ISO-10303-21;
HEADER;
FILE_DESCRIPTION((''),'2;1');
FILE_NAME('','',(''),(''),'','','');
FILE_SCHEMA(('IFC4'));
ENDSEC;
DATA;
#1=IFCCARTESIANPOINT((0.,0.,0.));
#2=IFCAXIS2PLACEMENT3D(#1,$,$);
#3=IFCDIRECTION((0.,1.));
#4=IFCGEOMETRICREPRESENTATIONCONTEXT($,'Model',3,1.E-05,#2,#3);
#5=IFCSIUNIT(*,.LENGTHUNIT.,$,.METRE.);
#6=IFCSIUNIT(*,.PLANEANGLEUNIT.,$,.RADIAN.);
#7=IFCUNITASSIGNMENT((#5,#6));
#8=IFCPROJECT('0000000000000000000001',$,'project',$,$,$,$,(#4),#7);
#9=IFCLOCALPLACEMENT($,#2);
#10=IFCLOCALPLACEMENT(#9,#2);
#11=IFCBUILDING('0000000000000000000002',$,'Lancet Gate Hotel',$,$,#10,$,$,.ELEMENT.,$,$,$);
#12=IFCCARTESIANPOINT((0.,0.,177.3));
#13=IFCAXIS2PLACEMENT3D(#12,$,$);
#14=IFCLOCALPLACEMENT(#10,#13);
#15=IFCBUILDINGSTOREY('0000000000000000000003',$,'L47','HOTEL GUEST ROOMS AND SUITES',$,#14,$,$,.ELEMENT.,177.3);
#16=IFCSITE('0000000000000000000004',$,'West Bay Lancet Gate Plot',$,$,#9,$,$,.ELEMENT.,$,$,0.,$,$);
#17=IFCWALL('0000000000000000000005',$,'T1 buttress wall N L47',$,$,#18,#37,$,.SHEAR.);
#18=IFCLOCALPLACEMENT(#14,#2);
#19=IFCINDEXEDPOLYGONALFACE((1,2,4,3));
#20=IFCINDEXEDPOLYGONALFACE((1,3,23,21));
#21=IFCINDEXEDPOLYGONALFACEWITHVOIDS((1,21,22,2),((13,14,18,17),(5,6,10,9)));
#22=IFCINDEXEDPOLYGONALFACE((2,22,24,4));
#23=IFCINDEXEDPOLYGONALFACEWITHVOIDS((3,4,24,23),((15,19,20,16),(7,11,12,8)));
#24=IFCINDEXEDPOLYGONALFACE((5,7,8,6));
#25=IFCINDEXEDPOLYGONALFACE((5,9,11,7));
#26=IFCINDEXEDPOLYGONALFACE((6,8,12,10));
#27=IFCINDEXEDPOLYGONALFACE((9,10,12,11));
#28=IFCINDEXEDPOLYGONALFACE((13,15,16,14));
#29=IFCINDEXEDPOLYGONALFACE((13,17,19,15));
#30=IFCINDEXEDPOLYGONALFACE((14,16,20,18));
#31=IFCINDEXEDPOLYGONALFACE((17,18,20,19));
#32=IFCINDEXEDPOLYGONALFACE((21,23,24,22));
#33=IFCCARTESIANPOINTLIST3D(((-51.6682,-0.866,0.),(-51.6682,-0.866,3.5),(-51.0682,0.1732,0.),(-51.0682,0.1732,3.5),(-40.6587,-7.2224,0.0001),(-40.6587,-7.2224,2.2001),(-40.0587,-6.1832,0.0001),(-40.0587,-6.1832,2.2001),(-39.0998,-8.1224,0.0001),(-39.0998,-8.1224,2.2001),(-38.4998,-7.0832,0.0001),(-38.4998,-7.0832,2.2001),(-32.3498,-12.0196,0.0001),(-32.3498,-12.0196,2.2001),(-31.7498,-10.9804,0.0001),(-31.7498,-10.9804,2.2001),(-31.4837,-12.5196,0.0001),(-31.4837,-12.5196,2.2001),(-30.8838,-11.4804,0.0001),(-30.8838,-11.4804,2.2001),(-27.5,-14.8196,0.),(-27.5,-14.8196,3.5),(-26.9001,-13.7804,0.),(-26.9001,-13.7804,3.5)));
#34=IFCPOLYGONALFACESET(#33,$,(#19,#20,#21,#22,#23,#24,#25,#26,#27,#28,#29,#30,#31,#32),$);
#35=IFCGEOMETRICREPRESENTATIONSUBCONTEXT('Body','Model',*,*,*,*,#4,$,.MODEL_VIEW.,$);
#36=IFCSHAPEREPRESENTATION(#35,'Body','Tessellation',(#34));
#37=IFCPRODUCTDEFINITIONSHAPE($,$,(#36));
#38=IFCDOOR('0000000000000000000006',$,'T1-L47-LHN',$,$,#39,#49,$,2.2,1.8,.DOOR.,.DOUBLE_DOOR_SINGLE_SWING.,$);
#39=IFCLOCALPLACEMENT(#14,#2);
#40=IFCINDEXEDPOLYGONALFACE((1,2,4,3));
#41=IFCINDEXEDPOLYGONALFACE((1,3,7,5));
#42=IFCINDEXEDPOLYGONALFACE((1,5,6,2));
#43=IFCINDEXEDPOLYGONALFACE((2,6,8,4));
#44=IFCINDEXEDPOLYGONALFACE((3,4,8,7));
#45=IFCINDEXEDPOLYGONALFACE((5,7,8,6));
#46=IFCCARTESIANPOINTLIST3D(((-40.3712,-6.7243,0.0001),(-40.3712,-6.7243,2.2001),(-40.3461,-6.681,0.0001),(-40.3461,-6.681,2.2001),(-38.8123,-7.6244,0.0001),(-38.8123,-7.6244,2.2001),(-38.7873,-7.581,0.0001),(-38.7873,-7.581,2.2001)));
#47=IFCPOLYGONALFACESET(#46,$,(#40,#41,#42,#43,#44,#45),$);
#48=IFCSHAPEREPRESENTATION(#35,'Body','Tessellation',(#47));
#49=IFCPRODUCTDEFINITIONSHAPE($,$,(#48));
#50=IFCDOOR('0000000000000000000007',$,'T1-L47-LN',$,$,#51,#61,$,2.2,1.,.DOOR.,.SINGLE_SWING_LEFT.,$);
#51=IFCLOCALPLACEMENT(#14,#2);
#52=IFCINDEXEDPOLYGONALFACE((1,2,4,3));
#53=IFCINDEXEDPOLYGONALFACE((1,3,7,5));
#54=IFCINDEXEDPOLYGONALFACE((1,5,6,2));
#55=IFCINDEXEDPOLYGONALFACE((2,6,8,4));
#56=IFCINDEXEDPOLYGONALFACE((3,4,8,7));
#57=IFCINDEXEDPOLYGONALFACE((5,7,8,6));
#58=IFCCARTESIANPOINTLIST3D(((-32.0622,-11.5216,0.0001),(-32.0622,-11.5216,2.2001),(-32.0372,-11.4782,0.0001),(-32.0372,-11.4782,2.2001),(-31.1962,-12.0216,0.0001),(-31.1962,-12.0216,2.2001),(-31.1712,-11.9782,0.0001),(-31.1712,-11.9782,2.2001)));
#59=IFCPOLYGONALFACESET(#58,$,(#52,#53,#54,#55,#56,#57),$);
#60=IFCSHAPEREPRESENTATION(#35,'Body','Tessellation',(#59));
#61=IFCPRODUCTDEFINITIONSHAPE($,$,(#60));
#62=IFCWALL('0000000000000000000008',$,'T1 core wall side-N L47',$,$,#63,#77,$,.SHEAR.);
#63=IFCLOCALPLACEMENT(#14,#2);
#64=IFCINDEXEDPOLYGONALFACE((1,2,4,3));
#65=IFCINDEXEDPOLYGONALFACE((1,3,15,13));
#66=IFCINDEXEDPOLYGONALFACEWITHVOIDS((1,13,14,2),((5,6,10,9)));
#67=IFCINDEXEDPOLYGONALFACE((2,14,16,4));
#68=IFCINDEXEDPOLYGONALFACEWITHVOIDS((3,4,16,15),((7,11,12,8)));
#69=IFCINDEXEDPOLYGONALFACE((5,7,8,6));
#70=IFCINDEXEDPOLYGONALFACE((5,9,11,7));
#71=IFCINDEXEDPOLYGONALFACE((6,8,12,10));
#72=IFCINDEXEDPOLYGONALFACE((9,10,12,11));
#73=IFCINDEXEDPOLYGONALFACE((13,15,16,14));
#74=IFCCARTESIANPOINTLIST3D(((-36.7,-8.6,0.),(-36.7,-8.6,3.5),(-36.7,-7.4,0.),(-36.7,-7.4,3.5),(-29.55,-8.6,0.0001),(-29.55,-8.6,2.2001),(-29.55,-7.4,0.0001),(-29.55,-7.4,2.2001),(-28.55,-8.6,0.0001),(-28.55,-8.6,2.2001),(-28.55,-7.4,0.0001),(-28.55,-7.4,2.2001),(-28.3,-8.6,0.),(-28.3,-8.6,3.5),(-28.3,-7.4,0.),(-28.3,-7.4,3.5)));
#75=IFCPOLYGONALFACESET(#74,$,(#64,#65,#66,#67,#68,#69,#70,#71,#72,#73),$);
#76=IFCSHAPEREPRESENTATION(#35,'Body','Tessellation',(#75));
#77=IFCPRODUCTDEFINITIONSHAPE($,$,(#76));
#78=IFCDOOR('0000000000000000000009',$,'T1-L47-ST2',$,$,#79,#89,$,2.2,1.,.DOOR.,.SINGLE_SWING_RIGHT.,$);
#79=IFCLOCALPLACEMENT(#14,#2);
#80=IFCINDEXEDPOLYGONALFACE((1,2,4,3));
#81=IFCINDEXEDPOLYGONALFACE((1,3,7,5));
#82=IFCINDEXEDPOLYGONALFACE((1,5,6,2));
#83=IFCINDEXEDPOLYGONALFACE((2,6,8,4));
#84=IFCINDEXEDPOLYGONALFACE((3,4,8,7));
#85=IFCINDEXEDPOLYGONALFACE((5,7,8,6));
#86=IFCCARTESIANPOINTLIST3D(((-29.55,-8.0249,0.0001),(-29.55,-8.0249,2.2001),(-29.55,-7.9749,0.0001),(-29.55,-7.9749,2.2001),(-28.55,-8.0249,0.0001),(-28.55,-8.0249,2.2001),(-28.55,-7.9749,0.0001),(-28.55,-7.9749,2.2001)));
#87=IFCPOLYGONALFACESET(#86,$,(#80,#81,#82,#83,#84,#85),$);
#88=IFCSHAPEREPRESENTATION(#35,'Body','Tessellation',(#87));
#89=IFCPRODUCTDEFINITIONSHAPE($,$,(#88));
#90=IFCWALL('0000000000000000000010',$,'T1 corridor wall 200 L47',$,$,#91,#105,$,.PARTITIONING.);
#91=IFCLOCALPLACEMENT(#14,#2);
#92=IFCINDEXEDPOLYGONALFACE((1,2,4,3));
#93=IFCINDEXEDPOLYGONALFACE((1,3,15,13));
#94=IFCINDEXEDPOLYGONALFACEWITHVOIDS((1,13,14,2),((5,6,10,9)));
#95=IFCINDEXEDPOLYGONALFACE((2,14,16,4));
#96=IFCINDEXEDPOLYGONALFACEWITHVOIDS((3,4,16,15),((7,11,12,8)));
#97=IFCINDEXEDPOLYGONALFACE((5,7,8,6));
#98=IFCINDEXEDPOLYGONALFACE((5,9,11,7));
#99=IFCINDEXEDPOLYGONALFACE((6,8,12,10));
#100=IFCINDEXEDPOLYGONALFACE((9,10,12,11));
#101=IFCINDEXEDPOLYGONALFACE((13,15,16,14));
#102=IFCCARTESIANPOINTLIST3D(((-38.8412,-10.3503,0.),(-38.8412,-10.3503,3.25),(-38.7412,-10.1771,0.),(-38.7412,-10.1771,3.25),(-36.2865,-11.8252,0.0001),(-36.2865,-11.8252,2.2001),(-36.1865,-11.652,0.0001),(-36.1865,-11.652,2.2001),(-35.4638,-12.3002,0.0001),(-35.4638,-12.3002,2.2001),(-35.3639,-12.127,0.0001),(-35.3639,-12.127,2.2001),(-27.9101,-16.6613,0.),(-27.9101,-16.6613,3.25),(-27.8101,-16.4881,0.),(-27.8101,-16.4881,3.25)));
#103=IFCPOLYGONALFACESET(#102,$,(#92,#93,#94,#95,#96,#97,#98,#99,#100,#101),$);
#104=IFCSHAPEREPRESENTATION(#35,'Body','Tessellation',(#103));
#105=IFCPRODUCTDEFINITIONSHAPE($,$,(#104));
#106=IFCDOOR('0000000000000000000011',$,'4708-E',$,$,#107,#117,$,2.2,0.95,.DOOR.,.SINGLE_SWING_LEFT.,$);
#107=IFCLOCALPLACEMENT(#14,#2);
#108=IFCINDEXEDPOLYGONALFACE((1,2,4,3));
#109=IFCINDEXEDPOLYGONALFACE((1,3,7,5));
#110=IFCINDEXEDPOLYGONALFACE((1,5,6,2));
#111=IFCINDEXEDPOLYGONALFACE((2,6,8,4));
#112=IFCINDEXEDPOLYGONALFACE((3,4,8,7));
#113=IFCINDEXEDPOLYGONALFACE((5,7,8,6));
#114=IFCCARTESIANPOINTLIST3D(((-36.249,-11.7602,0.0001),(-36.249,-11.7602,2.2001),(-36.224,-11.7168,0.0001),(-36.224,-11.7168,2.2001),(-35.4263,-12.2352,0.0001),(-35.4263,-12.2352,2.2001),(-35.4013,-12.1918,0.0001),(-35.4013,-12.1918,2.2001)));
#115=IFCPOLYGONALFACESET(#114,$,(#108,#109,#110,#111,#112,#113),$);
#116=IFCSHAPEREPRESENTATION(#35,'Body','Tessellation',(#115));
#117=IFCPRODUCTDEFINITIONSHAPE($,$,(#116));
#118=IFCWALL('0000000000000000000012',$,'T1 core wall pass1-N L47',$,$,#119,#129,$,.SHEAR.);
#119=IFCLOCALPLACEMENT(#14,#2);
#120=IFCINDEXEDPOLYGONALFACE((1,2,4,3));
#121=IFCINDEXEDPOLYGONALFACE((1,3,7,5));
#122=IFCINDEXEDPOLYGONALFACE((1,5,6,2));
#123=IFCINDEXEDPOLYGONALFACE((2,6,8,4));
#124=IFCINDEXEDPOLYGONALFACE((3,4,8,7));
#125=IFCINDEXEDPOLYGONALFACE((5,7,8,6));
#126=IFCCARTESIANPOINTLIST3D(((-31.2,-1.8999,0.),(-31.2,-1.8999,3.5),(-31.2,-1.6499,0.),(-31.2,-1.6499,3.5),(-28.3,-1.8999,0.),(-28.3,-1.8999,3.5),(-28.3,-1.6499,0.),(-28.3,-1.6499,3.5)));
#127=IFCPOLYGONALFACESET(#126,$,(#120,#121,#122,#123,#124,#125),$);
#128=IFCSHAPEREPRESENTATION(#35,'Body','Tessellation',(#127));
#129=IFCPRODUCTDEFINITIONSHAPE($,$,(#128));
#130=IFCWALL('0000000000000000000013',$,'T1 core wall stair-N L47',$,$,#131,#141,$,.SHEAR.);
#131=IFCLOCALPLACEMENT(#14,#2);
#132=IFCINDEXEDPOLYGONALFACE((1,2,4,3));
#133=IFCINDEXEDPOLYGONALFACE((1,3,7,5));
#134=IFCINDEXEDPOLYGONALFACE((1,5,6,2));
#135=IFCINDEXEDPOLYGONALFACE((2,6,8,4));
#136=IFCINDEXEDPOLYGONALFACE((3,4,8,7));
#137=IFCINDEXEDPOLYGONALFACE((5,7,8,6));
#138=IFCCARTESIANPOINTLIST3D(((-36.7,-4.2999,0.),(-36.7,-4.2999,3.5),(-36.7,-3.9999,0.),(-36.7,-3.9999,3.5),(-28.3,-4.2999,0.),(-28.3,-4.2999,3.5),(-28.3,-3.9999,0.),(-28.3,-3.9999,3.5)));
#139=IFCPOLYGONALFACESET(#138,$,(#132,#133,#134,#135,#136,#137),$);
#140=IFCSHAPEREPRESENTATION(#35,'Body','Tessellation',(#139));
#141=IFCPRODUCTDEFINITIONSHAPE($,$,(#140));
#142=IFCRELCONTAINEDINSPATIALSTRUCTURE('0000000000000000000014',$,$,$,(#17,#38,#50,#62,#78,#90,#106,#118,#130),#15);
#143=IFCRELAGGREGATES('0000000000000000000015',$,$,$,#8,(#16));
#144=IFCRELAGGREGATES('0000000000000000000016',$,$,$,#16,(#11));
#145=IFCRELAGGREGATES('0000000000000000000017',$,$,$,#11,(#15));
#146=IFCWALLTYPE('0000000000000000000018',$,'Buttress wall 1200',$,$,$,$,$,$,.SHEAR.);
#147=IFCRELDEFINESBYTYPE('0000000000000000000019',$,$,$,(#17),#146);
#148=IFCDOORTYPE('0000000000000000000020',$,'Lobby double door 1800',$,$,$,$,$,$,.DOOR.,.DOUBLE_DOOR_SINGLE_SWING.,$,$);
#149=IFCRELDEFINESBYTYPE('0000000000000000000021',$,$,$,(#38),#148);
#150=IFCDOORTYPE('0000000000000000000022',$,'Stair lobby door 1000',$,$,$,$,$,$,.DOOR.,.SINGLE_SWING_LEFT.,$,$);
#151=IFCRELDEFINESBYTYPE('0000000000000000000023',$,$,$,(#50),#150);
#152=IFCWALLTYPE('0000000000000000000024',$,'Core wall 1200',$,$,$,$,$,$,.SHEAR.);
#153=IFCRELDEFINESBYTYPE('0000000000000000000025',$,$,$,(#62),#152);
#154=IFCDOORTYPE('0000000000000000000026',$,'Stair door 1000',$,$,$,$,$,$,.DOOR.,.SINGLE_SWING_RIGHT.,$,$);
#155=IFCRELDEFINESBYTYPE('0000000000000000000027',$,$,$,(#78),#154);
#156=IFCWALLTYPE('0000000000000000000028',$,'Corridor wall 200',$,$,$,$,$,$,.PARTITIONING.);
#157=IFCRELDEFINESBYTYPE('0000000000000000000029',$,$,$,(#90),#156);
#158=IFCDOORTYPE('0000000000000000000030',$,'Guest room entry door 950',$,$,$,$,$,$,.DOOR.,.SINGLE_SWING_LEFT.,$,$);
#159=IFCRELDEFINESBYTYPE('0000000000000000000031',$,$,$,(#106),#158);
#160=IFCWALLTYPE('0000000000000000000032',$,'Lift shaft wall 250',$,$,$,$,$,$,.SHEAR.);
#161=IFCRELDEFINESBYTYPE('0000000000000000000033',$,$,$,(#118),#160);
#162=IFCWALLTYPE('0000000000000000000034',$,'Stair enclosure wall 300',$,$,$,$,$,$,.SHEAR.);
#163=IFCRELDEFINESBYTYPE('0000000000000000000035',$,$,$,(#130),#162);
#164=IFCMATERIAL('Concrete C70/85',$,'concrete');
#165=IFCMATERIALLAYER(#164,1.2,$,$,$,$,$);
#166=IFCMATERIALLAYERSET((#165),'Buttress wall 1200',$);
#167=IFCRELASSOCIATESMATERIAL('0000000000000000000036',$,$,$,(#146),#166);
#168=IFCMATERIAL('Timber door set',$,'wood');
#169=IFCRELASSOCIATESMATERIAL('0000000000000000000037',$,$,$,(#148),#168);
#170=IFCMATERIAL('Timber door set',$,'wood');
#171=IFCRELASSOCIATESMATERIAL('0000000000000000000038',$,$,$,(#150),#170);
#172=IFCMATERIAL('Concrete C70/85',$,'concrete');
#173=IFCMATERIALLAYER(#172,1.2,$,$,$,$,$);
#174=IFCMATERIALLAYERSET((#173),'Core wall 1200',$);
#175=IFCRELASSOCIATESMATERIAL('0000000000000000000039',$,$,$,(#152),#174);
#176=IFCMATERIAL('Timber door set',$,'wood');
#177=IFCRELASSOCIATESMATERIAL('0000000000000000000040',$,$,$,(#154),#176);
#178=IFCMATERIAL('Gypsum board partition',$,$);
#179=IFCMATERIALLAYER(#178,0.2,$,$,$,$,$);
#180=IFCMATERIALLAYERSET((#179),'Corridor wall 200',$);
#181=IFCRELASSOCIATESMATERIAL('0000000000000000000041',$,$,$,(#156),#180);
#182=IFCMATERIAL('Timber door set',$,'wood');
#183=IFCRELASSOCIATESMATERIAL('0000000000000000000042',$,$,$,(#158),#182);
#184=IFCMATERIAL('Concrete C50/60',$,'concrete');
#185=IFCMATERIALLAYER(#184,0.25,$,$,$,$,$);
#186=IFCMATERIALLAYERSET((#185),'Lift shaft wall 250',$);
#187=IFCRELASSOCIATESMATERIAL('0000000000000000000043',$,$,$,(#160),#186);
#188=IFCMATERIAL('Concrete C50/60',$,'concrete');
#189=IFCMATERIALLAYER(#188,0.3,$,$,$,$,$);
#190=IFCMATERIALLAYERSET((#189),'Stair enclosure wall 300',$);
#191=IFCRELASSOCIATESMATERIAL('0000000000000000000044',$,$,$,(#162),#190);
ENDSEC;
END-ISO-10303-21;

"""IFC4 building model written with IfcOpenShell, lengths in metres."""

from ifc_helpers import new_model, si_unit, direction, frame, frame_2d, origin, place, context, subcontext, project, spatial, rectangle, extrude, material, layer, layer_set, type_object, element, fill, save


model = new_model("IFC4")

# Units and contexts
model_context = context("Model", 3, precision=1e-05, world=origin(), true_north=direction((0.0, 1.0)))
body_context = subcontext(model_context, "Body", "Model", "MODEL_VIEW")
ifc_project = project(units=[si_unit("LENGTHUNIT", "METRE"), si_unit("PLANEANGLEUNIT", "RADIAN")], contexts=[model_context])

# Site, building, storey
site_placement = place(None, origin())
site = spatial("IfcSite", under=ifc_project, at=site_placement, Name="West Bay Lancet Gate Plot", CompositionType="ELEMENT", RefElevation=0.0)
building_placement = place(site_placement, origin())
building = spatial("IfcBuilding", under=site, at=building_placement, Name="Lancet Gate Hotel", CompositionType="ELEMENT")
storey_placement = place(building_placement, frame((0.0, 0.0, 177.3)))
storey = spatial("IfcBuildingStorey", under=building, at=storey_placement, Name="L47", Description="HOTEL GUEST ROOMS AND SUITES", CompositionType="ELEMENT", Elevation=177.3)

# Wall, openings, doors
ifc_material_1 = material(Name="Concrete C70/85", Category="concrete")
ifc_layer_1 = layer(ifc_material_1, 1.2)
ifc_layer_set_1 = layer_set([ifc_layer_1], Name="Buttress wall 1200")
wall_type_1 = type_object("IfcWallType", Name="Buttress wall 1200", PredefinedType="SHEAR", material=ifc_layer_set_1)
wall_1_placement = place(storey_placement, frame((-27.2, -14.3, 0.0), z_axis=(0.0, 0.0, 1.0), x_axis=(-0.866024, 0.500002, 0.0)))
wall_1 = element("IfcWall", 1, at=wall_1_placement, inside=storey, type_object=wall_type_1, Name="T1 buttress wall N L47", PredefinedType="SHEAR", context=body_context, shape_type="SweptSolid", body=[
    extrude(rectangle(XDim=27.907, YDim=1.2, at=frame_2d((13.9536, 0.0))), origin(), (0.0, 0.0, 1.0), 3.5),
])
opening_1_placement = place(wall_1_placement, frame((4.6001, 0.0, 0.0)))
opening_1 = element("IfcOpeningElement", 2, at=opening_1_placement, cuts=wall_1, PredefinedType="OPENING", context=body_context, shape_type="SweptSolid", body=[
    extrude(rectangle(XDim=1.0, YDim=2.2, at=frame_2d((0.5, 1.1001))), frame((0.0, 0.6099, 0.0), z_axis=(0.0, -1.0, 0.0), x_axis=(1.0, 0.0, 0.0)), (0.0, 0.0, 1.0), 1.22),
])
opening_2_placement = place(wall_1_placement, frame((13.3945, 0.0, 0.0)))
opening_2 = element("IfcOpeningElement", 3, at=opening_2_placement, cuts=wall_1, PredefinedType="OPENING", context=body_context, shape_type="SweptSolid", body=[
    extrude(rectangle(XDim=1.8, YDim=2.2, at=frame_2d((0.8999, 1.1001))), frame((0.0, 0.6099, 0.0), z_axis=(0.0, -1.0, 0.0), x_axis=(1.0, 0.0, 0.0)), (0.0, 0.0, 1.0), 1.22),
])
ifc_material_2 = material(Name="Timber door set", Category="wood")
door_type_1 = type_object("IfcDoorType", Name="Lobby double door 1800", OperationType="DOUBLE_DOOR_SINGLE_SWING", PredefinedType="DOOR", material=ifc_material_2)
door_1_placement = place(opening_2_placement, origin())
door_1 = element("IfcDoor", 4, at=door_1_placement, inside=storey, type_object=door_type_1, Name="T1-L47-LHN", OperationType="DOUBLE_DOOR_SINGLE_SWING", OverallHeight=2.2, OverallWidth=1.8, PredefinedType="DOOR", context=body_context, shape_type="SweptSolid", body=[
    extrude(rectangle(XDim=1.8, YDim=2.2, at=frame_2d((0.8999, 1.1001))), frame((0.0, 0.0249, 0.0), z_axis=(0.0, -1.0, 0.0), x_axis=(1.0, 0.0, 0.0)), (0.0, 0.0, 1.0), 0.05),
])
fill(opening_2, door_1)
ifc_material_3 = material(Name="Timber door set", Category="wood")
door_type_2 = type_object("IfcDoorType", Name="Stair lobby door 1000", OperationType="SINGLE_SWING_LEFT", PredefinedType="DOOR", material=ifc_material_3)
door_2_placement = place(opening_1_placement, origin())
door_2 = element("IfcDoor", 5, at=door_2_placement, inside=storey, type_object=door_type_2, Name="T1-L47-LN", OperationType="SINGLE_SWING_LEFT", OverallHeight=2.2, OverallWidth=1.0, PredefinedType="DOOR", context=body_context, shape_type="SweptSolid", body=[
    extrude(rectangle(XDim=1.0, YDim=2.2, at=frame_2d((0.5, 1.1001))), frame((0.0, 0.0249, 0.0), z_axis=(0.0, -1.0, 0.0), x_axis=(1.0, 0.0, 0.0)), (0.0, 0.0, 1.0), 0.05),
])
fill(opening_1, door_2)

# Walls, openings, doors
ifc_material_4 = material(Name="Concrete C70/85", Category="concrete")
ifc_layer_2 = layer(ifc_material_4, 1.2)
ifc_layer_set_2 = layer_set([ifc_layer_2], Name="Core wall 1200")
wall_type_2 = type_object("IfcWallType", Name="Core wall 1200", PredefinedType="SHEAR", material=ifc_layer_set_2)
wall_2_placement = place(storey_placement, frame((-28.3, -8.0, 0.0), z_axis=(0.0, 0.0, 1.0), x_axis=(-1.0, 0.0, 0.0)))
wall_2 = element("IfcWall", 6, at=wall_2_placement, inside=storey, type_object=wall_type_2, Name="T1 core wall side-N L47", PredefinedType="SHEAR", context=body_context, shape_type="SweptSolid", body=[
    extrude(rectangle(XDim=8.3999, YDim=1.2, at=frame_2d((4.2, 0.0))), origin(), (0.0, 0.0, 1.0), 3.5),
])
opening_3_placement = place(wall_2_placement, frame((0.25, 0.0, 0.0)))
opening_3 = element("IfcOpeningElement", 7, at=opening_3_placement, cuts=wall_2, PredefinedType="OPENING", context=body_context, shape_type="SweptSolid", body=[
    extrude(rectangle(XDim=1.0, YDim=2.2, at=frame_2d((0.5, 1.1001))), frame((0.0, 0.6099, 0.0), z_axis=(0.0, -1.0, 0.0), x_axis=(1.0, 0.0, 0.0)), (0.0, 0.0, 1.0), 1.22),
])
ifc_material_5 = material(Name="Timber door set", Category="wood")
door_type_3 = type_object("IfcDoorType", Name="Stair door 1000", OperationType="SINGLE_SWING_RIGHT", PredefinedType="DOOR", material=ifc_material_5)
door_3_placement = place(opening_3_placement, origin())
door_3 = element("IfcDoor", 8, at=door_3_placement, inside=storey, type_object=door_type_3, Name="T1-L47-ST2", OperationType="SINGLE_SWING_RIGHT", OverallHeight=2.2, OverallWidth=1.0, PredefinedType="DOOR", context=body_context, shape_type="SweptSolid", body=[
    extrude(rectangle(XDim=1.0, YDim=2.2, at=frame_2d((0.5, 1.1001))), frame((0.0, 0.0249, 0.0), z_axis=(0.0, -1.0, 0.0), x_axis=(1.0, 0.0, 0.0)), (0.0, 0.0, 1.0), 0.05),
])
fill(opening_3, door_3)
ifc_material_6 = material(Name="Gypsum board partition")
ifc_layer_3 = layer(ifc_material_6, 0.2)
ifc_layer_set_3 = layer_set([ifc_layer_3], Name="Corridor wall 200")
wall_type_3 = type_object("IfcWallType", Name="Corridor wall 200", PredefinedType="PARTITIONING", material=ifc_layer_set_3)
wall_3_placement = place(storey_placement, frame((-27.8601, -16.5747, 0.0), z_axis=(0.0, 0.0, 1.0), x_axis=(-0.866028, 0.499996, 0.0)))
wall_3 = element("IfcWall", 9, at=wall_3_placement, inside=storey, type_object=wall_type_3, Name="T1 corridor wall 200 L47", PredefinedType="PARTITIONING", context=body_context, shape_type="SweptSolid", body=[
    extrude(rectangle(XDim=12.6221, YDim=0.2, at=frame_2d((6.311, 0.0))), origin(), (0.0, 0.0, 1.0), 3.25),
])
opening_4_placement = place(wall_3_placement, frame((8.7222, 0.0, 0.0)))
opening_4 = element("IfcOpeningElement", 10, at=opening_4_placement, cuts=wall_3, PredefinedType="OPENING", context=body_context, shape_type="SweptSolid", body=[
    extrude(rectangle(XDim=0.95, YDim=2.2, at=frame_2d((0.4751, 1.1001))), frame((0.0, 0.1099, 0.0), z_axis=(0.0, -1.0, 0.0), x_axis=(1.0, 0.0, 0.0)), (0.0, 0.0, 1.0), 0.22),
])
ifc_material_7 = material(Name="Timber door set", Category="wood")
door_type_4 = type_object("IfcDoorType", Name="Guest room entry door 950", OperationType="SINGLE_SWING_LEFT", PredefinedType="DOOR", material=ifc_material_7)
door_4_placement = place(opening_4_placement, origin())
door_4 = element("IfcDoor", 11, at=door_4_placement, inside=storey, type_object=door_type_4, Name="4708-E", OperationType="SINGLE_SWING_LEFT", OverallHeight=2.2, OverallWidth=0.95, PredefinedType="DOOR", context=body_context, shape_type="SweptSolid", body=[
    extrude(rectangle(XDim=0.95, YDim=2.2, at=frame_2d((0.4751, 1.1001))), frame((0.0, 0.0249, 0.0), z_axis=(0.0, -1.0, 0.0), x_axis=(1.0, 0.0, 0.0)), (0.0, 0.0, 1.0), 0.05),
])
fill(opening_4, door_4)

# Walls
ifc_material_8 = material(Name="Concrete C50/60", Category="concrete")
ifc_layer_4 = layer(ifc_material_8, 0.25)
ifc_layer_set_4 = layer_set([ifc_layer_4], Name="Lift shaft wall 250")
wall_type_4 = type_object("IfcWallType", Name="Lift shaft wall 250", PredefinedType="SHEAR", material=ifc_layer_set_4)
wall_4_placement = place(storey_placement, frame((-28.3, -1.7749, 0.0), z_axis=(0.0, 0.0, 1.0), x_axis=(-1.0, 0.0, 0.0)))
element("IfcWall", 12, at=wall_4_placement, inside=storey, type_object=wall_type_4, Name="T1 core wall pass1-N L47", PredefinedType="SHEAR", context=body_context, shape_type="SweptSolid", body=[
    extrude(rectangle(XDim=2.8999, YDim=0.25, at=frame_2d((1.45, 0.0))), origin(), (0.0, 0.0, 1.0), 3.5),
])
ifc_material_9 = material(Name="Concrete C50/60", Category="concrete")
ifc_layer_5 = layer(ifc_material_9, 0.3)
ifc_layer_set_5 = layer_set([ifc_layer_5], Name="Stair enclosure wall 300")
wall_type_5 = type_object("IfcWallType", Name="Stair enclosure wall 300", PredefinedType="SHEAR", material=ifc_layer_set_5)
wall_5_placement = place(storey_placement, frame((-28.3, -4.1499, 0.0), z_axis=(0.0, 0.0, 1.0), x_axis=(-1.0, 0.0, 0.0)))
element("IfcWall", 13, at=wall_5_placement, inside=storey, type_object=wall_type_5, Name="T1 core wall stair-N L47", PredefinedType="SHEAR", context=body_context, shape_type="SweptSolid", body=[
    extrude(rectangle(XDim=8.3999, YDim=0.3, at=frame_2d((4.2, 0.0))), origin(), (0.0, 0.0, 1.0), 3.5),
])

save(model, "model.ifc")
